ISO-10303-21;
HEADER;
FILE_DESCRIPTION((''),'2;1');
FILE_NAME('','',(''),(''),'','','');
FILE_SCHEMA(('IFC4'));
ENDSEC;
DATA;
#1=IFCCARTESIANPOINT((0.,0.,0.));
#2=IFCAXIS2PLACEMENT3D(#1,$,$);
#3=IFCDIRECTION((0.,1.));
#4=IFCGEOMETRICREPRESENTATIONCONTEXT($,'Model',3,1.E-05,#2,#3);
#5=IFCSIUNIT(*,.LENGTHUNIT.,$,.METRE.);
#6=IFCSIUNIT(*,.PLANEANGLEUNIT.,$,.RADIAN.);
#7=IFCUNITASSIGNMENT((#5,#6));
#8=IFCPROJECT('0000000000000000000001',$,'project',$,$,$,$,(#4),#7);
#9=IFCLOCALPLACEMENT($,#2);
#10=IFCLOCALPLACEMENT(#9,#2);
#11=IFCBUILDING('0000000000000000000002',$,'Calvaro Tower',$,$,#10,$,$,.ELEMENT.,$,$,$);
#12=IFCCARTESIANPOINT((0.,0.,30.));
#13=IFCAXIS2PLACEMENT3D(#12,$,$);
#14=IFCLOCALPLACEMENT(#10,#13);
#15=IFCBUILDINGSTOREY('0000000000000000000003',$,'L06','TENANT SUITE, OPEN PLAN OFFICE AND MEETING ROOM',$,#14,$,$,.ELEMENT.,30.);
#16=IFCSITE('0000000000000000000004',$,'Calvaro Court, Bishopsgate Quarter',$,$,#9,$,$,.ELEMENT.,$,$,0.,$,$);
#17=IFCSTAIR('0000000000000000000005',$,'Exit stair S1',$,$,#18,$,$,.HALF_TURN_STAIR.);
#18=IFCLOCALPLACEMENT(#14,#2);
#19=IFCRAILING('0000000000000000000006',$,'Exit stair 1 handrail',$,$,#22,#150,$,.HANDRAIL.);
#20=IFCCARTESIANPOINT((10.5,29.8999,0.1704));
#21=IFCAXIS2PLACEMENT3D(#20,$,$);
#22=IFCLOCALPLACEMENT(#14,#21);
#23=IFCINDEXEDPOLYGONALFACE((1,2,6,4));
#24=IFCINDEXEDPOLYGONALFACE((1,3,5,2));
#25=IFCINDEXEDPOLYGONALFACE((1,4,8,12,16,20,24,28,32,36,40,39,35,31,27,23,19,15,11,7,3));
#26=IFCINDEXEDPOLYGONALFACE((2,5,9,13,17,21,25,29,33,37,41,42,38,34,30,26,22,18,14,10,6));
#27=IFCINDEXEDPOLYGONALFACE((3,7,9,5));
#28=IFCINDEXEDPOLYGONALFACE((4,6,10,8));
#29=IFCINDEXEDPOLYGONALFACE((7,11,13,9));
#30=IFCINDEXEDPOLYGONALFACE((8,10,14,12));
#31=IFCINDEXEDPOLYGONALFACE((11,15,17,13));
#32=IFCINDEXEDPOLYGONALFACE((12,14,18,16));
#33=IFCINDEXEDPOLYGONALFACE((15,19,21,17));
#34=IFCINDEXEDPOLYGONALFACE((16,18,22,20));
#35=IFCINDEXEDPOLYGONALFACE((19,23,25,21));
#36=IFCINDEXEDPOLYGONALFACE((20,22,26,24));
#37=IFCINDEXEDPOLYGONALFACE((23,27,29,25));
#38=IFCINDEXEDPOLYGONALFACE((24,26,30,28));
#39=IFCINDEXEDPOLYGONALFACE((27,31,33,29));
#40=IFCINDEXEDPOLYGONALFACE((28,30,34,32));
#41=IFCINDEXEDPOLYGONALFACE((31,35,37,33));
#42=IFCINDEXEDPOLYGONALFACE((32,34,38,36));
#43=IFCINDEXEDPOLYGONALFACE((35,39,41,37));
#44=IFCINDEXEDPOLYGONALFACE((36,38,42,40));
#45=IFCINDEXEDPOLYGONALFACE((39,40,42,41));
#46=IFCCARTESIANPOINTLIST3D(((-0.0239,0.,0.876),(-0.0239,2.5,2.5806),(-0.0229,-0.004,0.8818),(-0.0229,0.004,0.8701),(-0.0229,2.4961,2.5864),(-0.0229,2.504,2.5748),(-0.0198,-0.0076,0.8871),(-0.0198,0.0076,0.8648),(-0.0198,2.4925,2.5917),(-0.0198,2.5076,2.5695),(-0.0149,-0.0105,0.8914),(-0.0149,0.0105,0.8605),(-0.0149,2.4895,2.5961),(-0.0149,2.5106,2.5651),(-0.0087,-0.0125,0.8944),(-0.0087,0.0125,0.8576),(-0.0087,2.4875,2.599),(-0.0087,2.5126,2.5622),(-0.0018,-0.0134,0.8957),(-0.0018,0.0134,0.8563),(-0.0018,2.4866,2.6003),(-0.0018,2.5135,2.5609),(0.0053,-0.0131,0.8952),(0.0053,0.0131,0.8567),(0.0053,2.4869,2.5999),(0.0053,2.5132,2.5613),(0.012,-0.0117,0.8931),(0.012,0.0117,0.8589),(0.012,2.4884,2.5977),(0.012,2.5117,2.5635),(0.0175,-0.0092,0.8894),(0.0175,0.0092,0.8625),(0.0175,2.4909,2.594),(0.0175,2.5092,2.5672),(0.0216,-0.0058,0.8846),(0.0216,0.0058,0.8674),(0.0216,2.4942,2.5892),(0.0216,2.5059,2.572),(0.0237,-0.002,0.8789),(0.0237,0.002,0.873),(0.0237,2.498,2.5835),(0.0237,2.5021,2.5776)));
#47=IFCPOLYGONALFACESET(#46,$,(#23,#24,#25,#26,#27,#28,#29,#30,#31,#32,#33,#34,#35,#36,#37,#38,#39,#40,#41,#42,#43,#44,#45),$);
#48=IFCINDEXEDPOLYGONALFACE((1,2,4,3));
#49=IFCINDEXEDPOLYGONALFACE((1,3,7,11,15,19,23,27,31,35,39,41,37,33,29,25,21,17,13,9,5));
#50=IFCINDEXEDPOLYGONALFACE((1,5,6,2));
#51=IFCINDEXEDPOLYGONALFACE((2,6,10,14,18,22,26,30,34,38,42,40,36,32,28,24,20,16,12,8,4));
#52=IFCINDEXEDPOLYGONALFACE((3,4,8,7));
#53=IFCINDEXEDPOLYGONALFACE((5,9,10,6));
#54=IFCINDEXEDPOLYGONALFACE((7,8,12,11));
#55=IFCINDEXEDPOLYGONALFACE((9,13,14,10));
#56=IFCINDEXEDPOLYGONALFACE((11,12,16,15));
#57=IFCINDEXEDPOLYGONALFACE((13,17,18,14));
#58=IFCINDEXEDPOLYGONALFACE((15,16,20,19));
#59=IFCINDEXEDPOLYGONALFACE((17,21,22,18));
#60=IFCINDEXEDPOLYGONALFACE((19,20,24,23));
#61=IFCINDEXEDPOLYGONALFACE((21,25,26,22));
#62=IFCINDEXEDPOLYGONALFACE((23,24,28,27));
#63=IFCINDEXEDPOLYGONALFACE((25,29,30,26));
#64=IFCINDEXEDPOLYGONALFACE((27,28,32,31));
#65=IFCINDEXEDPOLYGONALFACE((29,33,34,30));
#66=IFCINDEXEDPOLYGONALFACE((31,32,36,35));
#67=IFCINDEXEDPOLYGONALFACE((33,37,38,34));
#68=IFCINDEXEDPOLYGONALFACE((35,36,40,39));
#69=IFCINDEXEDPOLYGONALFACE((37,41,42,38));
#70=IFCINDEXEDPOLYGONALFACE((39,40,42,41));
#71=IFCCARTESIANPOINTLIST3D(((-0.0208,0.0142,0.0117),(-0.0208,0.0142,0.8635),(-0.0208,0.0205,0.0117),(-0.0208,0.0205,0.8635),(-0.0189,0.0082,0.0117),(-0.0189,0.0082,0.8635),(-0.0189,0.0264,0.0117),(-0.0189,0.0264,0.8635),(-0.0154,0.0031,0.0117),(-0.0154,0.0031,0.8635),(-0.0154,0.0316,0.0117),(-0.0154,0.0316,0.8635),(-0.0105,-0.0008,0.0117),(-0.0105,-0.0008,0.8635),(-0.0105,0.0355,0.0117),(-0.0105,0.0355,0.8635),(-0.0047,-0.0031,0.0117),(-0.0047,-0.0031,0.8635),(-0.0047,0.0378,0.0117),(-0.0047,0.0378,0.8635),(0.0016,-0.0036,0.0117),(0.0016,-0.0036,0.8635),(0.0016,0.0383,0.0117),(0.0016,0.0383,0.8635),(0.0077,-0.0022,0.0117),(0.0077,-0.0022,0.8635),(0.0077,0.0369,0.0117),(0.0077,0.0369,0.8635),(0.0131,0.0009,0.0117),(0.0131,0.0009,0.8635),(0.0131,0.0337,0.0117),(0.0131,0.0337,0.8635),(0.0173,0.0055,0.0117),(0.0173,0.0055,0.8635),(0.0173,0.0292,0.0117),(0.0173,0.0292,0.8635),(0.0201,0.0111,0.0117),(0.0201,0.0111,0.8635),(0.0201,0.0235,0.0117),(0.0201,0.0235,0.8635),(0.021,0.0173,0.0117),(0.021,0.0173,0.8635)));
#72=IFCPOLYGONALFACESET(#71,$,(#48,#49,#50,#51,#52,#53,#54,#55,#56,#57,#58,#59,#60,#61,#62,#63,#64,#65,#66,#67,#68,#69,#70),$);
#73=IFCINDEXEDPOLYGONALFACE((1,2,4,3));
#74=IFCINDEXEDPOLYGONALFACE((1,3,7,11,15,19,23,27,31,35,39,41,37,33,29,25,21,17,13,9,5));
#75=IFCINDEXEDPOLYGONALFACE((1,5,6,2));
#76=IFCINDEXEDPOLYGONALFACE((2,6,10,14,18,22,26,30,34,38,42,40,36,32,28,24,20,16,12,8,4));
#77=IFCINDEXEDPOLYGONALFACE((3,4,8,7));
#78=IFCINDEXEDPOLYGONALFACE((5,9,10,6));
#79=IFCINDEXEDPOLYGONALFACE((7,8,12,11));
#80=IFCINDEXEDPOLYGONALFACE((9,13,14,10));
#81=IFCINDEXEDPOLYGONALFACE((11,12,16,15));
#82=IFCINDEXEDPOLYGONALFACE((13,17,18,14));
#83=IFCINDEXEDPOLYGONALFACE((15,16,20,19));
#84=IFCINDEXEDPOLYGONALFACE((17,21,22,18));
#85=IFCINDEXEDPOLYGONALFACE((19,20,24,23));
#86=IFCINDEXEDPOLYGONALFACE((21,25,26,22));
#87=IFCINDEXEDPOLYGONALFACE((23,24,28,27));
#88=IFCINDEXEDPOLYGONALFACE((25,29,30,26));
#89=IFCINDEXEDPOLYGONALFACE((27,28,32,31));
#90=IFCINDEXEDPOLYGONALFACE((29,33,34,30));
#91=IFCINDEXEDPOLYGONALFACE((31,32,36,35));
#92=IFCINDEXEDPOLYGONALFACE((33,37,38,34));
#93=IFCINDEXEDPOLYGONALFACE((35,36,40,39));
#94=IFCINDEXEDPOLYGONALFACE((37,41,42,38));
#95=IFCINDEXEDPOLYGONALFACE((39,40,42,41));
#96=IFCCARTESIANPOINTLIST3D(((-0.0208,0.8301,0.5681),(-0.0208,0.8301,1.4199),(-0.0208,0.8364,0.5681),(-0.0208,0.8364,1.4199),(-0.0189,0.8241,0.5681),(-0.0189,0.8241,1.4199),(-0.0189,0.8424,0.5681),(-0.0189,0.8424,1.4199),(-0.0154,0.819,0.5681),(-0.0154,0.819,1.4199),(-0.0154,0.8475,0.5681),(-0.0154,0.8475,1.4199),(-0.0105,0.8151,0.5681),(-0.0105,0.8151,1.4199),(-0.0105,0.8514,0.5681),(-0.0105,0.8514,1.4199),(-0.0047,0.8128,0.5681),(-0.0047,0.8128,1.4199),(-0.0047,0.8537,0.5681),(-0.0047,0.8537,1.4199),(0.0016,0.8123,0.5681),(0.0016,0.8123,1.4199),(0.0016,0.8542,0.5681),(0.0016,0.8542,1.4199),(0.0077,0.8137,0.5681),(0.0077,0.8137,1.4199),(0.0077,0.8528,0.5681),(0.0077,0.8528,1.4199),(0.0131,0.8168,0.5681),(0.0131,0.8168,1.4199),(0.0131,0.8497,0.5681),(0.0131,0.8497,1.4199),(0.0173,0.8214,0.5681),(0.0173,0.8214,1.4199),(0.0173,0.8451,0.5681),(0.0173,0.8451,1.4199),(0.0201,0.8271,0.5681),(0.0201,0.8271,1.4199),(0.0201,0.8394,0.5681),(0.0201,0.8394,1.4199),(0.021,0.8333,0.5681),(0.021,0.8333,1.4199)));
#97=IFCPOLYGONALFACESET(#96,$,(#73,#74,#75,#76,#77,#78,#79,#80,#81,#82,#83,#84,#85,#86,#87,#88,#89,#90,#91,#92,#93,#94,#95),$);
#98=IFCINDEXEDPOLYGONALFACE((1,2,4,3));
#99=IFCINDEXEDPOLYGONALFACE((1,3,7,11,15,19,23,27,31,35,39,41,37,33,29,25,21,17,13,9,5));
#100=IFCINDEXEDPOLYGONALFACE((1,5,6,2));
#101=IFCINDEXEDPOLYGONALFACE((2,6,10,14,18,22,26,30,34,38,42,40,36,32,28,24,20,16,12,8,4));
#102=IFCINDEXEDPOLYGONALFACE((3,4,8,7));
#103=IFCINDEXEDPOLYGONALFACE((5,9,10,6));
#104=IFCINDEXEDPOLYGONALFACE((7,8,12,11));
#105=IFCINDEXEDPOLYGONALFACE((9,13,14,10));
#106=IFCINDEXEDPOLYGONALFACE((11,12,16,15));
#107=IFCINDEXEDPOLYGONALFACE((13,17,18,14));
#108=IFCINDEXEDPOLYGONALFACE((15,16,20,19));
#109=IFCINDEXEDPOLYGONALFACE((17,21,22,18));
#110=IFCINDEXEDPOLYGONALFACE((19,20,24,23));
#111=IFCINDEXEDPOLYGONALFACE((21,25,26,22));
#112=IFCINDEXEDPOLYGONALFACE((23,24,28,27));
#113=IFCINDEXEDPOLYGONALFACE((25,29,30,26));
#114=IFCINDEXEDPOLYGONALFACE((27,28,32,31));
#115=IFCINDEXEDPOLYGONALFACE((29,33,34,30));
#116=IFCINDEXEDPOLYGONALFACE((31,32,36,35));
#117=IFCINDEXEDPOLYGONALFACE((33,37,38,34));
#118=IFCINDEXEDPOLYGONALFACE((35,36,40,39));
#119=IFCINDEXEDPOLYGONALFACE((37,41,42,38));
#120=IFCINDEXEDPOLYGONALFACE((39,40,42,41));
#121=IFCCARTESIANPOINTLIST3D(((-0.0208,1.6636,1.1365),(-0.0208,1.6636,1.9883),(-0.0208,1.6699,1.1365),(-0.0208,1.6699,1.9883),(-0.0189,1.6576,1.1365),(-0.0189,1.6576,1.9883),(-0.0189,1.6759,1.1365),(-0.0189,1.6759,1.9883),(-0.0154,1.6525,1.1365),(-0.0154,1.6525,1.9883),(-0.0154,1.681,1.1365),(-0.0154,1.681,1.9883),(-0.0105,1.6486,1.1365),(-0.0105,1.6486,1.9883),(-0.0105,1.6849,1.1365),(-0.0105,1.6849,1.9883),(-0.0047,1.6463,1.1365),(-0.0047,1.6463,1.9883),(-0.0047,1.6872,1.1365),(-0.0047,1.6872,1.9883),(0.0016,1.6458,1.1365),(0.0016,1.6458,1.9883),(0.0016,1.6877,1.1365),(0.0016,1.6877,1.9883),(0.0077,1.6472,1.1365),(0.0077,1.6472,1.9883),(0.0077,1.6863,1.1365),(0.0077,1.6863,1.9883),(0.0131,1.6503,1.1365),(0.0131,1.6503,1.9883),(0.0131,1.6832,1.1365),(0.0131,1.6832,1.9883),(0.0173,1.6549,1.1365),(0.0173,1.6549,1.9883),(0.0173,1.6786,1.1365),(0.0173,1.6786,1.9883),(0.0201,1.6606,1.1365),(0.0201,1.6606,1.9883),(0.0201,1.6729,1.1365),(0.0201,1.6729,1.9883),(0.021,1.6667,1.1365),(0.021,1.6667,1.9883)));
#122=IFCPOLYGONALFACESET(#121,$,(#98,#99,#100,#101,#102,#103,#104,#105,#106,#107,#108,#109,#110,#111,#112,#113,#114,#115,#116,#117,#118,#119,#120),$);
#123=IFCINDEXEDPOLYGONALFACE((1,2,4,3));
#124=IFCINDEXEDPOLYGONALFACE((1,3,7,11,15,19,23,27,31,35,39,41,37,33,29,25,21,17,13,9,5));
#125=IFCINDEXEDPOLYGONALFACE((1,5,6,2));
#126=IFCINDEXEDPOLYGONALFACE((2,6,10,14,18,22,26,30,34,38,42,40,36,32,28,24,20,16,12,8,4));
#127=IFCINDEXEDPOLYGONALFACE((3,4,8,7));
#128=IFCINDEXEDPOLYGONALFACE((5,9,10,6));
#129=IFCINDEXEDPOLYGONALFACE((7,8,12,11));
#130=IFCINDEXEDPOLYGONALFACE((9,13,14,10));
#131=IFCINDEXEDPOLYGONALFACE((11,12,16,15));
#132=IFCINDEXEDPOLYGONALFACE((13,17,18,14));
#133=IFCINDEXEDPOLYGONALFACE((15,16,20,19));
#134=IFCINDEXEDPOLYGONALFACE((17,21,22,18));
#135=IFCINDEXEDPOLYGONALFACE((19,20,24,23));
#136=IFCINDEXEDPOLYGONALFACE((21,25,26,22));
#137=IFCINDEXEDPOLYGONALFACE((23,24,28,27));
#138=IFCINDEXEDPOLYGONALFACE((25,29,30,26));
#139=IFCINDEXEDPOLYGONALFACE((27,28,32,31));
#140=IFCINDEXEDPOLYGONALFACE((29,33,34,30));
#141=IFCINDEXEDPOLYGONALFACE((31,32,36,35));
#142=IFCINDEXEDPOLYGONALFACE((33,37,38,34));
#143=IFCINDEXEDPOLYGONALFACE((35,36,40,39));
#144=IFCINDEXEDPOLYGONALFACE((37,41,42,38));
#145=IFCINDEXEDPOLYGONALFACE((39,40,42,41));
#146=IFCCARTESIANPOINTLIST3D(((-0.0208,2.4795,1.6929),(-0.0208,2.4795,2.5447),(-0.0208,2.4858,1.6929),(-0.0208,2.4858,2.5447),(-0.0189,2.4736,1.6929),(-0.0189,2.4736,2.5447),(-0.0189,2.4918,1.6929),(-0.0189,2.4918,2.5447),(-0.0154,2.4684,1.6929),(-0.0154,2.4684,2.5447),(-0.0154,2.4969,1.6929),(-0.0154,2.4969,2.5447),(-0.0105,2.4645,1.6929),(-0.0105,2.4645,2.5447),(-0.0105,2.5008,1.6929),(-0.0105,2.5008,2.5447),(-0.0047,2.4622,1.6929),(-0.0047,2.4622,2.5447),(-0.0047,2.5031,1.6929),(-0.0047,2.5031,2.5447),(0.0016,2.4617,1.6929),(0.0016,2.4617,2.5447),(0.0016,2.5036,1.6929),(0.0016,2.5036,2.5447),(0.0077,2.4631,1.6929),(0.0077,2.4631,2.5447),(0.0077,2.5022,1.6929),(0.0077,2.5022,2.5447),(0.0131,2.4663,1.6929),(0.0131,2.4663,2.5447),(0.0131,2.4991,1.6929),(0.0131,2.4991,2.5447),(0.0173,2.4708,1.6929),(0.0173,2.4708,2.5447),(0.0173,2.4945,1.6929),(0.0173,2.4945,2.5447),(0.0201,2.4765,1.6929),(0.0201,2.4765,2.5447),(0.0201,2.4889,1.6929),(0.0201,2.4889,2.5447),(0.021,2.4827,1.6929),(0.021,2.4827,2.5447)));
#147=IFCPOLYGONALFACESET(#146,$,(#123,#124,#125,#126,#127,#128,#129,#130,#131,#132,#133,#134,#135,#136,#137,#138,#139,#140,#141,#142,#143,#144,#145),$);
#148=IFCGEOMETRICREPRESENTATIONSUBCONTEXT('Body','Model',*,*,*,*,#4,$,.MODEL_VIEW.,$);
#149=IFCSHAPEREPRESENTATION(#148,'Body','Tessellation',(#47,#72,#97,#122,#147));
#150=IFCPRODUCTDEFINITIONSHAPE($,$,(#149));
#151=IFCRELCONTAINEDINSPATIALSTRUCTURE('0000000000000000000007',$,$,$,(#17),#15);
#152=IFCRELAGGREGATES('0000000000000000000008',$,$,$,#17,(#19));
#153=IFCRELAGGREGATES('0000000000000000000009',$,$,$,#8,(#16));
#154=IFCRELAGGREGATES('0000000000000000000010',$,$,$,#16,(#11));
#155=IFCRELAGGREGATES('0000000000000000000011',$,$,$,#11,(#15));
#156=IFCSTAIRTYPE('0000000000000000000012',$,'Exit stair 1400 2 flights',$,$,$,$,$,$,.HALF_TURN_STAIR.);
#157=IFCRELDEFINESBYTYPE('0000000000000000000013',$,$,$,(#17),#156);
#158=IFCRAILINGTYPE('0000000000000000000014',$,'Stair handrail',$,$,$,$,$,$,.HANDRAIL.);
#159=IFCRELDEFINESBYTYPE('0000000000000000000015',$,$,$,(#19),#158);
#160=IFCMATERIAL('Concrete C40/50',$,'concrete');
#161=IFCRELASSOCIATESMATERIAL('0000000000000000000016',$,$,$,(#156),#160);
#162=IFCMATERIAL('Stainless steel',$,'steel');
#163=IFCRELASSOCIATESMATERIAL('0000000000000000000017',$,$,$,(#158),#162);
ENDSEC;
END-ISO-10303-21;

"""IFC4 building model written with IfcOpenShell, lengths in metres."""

from ifc_helpers import new_model, si_unit, direction, frame, origin, origin_2d, place, context, subcontext, project, spatial, circle, extrude, material, type_object, element, aggregate, save


model = new_model("IFC4")

# Units and contexts
model_context = context("Model", 3, precision=1e-05, world=origin(), true_north=direction((0.0, 1.0)))
body_context = subcontext(model_context, "Body", "Model", "MODEL_VIEW")
ifc_project = project(units=[si_unit("LENGTHUNIT", "METRE"), si_unit("PLANEANGLEUNIT", "RADIAN")], contexts=[model_context])

# Site, building, storey
site_placement = place(None, origin())
site = spatial("IfcSite", under=ifc_project, at=site_placement, Name="Calvaro Court, Bishopsgate Quarter", CompositionType="ELEMENT", RefElevation=0.0)
building_placement = place(site_placement, origin())
building = spatial("IfcBuilding", under=site, at=building_placement, Name="Calvaro Tower", CompositionType="ELEMENT")
storey_placement = place(building_placement, frame((0.0, 0.0, 30.0)))
storey = spatial("IfcBuildingStorey", under=building, at=storey_placement, Name="L06", Description="TENANT SUITE, OPEN PLAN OFFICE AND MEETING ROOM", CompositionType="ELEMENT", Elevation=30.0)

# Stair, railing
ifc_material_1 = material(Name="Concrete C40/50", Category="concrete")
stair_type = type_object("IfcStairType", Name="Exit stair 1400 2 flights", PredefinedType="HALF_TURN_STAIR", material=ifc_material_1)
stair_placement = place(storey_placement, origin())
stair = element("IfcStair", 1, at=stair_placement, inside=storey, type_object=stair_type, Name="Exit stair S1", PredefinedType="HALF_TURN_STAIR")
ifc_material_2 = material(Name="Stainless steel", Category="steel")
railing_type = type_object("IfcRailingType", Name="Stair handrail", PredefinedType="HANDRAIL", material=ifc_material_2)
railing_1_placement = place(storey_placement, frame((10.5, 29.8999, 0.1704)))
railing_1 = element("IfcRailing", 2, at=railing_1_placement, type_object=railing_type, Name="Exit stair 1 handrail", PredefinedType="HANDRAIL", context=body_context, shape_type="SweptSolid", body=[
    extrude(circle(Radius=0.0239, at=origin_2d()), frame((0.0, 0.0, 0.876), z_axis=(0.0, 0.826221, 0.563347), x_axis=(-1.0, 0.0, 0.0)), (0.0, 0.0, 1.0), 3.0259),
    extrude(circle(Radius=0.021, at=origin_2d()), frame((0.0, 0.0173, 0.0117)), (0.0, 0.0, 1.0), 0.8518),
    extrude(circle(Radius=0.021, at=origin_2d()), frame((0.0, 0.8333, 0.5681)), (0.0, 0.0, 1.0), 0.8518),
    extrude(circle(Radius=0.021, at=origin_2d()), frame((0.0, 1.6667, 1.1365)), (0.0, 0.0, 1.0), 0.8518),
    extrude(circle(Radius=0.021, at=origin_2d()), frame((0.0, 2.4827, 1.6929)), (0.0, 0.0, 1.0), 0.8518),
])
aggregate(stair, [railing_1])

save(model, "model.ifc")
